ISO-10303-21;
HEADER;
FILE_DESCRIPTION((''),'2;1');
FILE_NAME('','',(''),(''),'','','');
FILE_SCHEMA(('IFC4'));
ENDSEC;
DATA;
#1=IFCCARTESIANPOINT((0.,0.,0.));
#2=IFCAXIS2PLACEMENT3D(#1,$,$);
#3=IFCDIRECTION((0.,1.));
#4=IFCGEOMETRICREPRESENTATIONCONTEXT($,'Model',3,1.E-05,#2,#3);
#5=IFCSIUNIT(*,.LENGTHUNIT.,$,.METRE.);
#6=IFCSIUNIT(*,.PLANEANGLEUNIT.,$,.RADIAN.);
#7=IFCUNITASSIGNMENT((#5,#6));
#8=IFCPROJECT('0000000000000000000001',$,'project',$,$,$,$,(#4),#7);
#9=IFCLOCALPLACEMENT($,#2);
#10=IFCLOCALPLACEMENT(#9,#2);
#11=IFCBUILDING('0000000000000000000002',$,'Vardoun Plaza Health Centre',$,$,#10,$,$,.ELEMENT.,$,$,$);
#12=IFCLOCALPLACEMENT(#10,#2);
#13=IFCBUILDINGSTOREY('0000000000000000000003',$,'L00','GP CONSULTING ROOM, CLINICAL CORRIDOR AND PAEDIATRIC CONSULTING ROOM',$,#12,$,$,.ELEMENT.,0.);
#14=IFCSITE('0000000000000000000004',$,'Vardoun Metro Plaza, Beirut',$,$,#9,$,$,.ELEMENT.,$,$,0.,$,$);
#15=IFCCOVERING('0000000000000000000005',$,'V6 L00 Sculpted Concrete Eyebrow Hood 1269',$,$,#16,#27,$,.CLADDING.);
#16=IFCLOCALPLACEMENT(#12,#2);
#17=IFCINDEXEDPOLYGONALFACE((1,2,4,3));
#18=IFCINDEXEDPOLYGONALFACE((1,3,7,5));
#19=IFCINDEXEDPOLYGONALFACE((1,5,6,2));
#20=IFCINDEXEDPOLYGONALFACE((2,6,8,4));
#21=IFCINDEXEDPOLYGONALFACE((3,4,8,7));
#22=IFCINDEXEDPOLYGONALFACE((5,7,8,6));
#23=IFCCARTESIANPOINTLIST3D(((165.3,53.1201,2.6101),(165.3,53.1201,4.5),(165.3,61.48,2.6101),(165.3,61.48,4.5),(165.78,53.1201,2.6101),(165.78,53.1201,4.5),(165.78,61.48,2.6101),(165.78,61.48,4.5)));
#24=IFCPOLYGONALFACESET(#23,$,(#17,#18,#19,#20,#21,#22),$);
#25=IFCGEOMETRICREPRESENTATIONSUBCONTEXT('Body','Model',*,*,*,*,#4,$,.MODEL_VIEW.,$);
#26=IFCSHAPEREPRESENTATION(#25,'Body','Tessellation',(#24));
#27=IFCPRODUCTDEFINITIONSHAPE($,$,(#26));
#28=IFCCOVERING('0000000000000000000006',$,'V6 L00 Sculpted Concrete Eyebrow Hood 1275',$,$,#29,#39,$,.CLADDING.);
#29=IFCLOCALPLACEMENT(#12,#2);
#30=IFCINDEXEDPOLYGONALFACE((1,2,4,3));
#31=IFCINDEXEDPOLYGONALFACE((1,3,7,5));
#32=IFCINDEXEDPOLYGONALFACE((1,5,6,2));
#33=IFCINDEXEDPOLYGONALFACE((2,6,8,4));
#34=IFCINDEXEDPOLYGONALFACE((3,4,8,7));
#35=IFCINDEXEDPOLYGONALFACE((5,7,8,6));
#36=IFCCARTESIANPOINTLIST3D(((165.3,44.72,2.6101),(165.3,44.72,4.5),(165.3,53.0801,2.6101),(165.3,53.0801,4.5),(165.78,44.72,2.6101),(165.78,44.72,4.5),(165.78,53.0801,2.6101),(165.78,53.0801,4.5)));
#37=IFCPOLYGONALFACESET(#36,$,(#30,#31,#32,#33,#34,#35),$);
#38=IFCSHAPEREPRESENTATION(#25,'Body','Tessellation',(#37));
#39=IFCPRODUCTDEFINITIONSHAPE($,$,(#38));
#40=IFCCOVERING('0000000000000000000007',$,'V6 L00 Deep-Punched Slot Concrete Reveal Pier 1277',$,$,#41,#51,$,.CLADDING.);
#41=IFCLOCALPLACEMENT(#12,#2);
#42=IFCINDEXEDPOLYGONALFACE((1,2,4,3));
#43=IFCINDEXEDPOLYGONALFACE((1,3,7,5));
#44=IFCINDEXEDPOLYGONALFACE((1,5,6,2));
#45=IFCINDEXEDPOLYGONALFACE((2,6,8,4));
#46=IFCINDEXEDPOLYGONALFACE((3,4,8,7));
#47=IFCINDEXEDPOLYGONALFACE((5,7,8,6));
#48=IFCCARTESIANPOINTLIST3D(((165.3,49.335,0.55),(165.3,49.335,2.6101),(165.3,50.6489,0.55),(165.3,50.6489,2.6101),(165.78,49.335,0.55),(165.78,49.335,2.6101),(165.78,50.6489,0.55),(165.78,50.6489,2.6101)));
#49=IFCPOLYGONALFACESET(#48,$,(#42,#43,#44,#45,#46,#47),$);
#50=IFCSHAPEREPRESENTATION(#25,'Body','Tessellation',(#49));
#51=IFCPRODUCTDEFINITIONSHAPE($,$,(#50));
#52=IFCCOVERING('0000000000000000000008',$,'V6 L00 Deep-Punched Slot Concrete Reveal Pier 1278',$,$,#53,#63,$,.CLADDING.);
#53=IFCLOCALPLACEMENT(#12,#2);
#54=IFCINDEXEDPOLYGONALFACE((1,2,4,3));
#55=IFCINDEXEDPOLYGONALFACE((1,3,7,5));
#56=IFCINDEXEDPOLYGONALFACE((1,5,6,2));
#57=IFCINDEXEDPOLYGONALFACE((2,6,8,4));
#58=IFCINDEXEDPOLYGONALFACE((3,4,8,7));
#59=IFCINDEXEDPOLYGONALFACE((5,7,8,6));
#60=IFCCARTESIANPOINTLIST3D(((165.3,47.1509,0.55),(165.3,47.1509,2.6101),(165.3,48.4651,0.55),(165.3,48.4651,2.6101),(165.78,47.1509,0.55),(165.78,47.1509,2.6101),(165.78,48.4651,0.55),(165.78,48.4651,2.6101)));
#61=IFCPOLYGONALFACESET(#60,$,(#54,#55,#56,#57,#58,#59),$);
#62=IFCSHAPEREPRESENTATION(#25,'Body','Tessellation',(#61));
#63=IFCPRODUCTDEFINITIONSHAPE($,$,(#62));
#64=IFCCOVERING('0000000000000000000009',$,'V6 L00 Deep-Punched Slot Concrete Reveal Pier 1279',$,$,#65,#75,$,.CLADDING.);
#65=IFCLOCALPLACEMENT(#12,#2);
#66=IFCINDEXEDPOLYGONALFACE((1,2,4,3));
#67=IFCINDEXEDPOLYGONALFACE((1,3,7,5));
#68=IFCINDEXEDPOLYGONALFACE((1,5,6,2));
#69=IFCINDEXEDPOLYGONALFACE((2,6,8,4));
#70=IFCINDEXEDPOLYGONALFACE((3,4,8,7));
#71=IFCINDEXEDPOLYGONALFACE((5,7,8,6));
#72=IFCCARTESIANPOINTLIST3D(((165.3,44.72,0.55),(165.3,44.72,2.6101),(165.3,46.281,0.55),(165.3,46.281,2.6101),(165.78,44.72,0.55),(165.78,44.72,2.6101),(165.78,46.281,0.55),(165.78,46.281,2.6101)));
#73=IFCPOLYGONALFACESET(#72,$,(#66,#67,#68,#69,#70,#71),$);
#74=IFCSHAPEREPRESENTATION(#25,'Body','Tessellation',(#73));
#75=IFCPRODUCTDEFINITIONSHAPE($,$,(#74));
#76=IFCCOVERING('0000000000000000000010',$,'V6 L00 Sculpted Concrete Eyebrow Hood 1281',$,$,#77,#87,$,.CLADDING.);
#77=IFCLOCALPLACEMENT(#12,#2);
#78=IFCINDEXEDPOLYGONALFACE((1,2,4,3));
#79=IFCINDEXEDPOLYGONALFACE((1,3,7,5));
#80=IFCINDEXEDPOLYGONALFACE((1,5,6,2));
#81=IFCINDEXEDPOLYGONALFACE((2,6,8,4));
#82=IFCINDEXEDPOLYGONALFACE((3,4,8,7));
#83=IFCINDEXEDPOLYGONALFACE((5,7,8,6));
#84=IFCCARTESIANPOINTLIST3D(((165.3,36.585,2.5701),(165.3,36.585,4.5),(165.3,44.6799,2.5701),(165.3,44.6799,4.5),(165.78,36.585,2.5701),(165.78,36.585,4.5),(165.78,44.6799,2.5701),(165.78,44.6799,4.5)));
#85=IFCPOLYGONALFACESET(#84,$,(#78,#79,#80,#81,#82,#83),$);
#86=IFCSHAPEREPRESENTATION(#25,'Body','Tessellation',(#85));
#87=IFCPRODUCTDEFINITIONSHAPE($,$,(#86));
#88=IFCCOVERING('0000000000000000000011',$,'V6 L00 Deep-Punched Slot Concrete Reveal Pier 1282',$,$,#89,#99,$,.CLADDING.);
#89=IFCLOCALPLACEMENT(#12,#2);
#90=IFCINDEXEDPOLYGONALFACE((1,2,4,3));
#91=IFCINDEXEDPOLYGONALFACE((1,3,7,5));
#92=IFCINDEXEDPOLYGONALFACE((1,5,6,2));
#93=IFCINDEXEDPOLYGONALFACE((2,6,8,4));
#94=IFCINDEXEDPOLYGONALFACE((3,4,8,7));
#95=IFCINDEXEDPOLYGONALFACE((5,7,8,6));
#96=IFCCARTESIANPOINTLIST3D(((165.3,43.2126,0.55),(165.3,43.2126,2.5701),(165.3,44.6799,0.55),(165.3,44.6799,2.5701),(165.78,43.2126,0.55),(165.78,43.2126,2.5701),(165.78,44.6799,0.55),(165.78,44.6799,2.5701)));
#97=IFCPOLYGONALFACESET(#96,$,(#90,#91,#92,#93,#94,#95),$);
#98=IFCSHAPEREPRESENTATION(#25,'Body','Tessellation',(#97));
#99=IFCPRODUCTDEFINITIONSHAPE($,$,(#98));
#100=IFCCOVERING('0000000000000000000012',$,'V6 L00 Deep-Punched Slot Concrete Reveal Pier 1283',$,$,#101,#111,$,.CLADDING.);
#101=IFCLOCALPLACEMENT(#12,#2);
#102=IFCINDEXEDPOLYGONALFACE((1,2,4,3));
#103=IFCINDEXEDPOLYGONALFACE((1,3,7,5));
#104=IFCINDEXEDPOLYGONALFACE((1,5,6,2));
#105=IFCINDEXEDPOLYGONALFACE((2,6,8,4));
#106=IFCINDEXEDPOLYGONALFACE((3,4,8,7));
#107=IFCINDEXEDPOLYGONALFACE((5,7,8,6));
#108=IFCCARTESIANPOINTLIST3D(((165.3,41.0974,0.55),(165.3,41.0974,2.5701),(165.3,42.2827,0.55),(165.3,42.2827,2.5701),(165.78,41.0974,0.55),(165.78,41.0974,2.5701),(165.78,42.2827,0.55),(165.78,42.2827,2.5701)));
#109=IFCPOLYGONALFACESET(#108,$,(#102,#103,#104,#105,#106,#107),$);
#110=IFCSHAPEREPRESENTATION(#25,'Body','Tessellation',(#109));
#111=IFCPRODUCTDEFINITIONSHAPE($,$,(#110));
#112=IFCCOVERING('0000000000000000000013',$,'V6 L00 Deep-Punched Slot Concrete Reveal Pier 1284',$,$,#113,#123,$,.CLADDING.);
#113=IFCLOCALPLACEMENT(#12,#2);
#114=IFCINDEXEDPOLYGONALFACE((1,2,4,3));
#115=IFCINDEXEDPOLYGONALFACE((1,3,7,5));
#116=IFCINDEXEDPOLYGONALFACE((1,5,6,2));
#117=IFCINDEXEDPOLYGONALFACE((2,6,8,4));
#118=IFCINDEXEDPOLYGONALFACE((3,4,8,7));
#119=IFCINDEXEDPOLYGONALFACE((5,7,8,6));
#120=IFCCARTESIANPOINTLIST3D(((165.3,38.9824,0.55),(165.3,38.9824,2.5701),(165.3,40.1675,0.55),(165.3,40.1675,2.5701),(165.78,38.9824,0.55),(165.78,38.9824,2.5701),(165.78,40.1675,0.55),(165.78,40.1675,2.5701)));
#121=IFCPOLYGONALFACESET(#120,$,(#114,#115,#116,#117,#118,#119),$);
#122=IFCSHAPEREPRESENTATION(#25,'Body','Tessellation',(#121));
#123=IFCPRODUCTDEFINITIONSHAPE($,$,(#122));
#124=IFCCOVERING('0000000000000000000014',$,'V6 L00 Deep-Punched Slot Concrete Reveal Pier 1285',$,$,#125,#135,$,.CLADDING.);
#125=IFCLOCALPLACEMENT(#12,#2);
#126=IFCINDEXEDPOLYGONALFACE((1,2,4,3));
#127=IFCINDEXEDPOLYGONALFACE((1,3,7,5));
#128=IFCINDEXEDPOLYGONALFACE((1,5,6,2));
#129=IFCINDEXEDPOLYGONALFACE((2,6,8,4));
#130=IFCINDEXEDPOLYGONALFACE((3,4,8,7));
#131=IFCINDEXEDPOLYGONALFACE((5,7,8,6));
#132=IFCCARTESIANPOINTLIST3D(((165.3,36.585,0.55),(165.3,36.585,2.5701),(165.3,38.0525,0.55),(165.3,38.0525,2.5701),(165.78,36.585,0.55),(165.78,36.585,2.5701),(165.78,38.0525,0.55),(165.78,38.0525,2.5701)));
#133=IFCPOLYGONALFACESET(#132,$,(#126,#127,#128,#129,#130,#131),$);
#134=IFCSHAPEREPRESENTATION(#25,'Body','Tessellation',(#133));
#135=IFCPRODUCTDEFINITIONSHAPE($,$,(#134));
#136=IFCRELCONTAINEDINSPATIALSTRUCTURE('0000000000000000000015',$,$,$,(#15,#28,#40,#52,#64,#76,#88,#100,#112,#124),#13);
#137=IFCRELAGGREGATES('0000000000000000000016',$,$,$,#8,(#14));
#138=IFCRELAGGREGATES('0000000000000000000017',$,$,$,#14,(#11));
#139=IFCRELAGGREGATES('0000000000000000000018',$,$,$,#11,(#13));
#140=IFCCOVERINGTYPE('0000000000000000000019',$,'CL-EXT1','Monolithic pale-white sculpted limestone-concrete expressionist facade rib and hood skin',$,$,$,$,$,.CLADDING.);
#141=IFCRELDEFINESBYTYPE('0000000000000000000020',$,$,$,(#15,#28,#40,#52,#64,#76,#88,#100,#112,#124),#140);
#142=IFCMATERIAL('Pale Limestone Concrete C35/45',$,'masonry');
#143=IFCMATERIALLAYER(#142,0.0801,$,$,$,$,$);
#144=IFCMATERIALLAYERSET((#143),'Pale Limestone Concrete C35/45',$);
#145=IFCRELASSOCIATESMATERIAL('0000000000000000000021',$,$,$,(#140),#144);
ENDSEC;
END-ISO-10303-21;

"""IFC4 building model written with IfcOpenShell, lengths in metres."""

from ifc_helpers import new_model, si_unit, direction, frame, origin, place, context, subcontext, project, spatial, polyline, outline, extrude, material, layer, layer_set, type_object, element, save


model = new_model("IFC4")

# Units and contexts
model_context = context("Model", 3, precision=1e-05, world=origin(), true_north=direction((0.0, 1.0)))
body_context = subcontext(model_context, "Body", "Model", "MODEL_VIEW")
ifc_project = project(units=[si_unit("LENGTHUNIT", "METRE"), si_unit("PLANEANGLEUNIT", "RADIAN")], contexts=[model_context])

# Site, building, storey
site_placement = place(None, origin())
site = spatial("IfcSite", under=ifc_project, at=site_placement, Name="Vardoun Metro Plaza, Beirut", CompositionType="ELEMENT", RefElevation=0.0)
building_placement = place(site_placement, origin())
building = spatial("IfcBuilding", under=site, at=building_placement, Name="Vardoun Plaza Health Centre", CompositionType="ELEMENT")
storey_placement = place(building_placement, origin())
storey = spatial("IfcBuildingStorey", under=building, at=storey_placement, Name="L00", Description="GP CONSULTING ROOM, CLINICAL CORRIDOR AND PAEDIATRIC CONSULTING ROOM", CompositionType="ELEMENT", Elevation=0.0)

# Coverings
ifc_material_1 = material(Name="Pale Limestone Concrete C35/45", Category="masonry")
ifc_layer_1 = layer(ifc_material_1, 0.0801)
ifc_layer_set_1 = layer_set([ifc_layer_1], Name="Pale Limestone Concrete C35/45")
covering_type_1 = type_object("IfcCoveringType", Name="CL-EXT1", Description="Monolithic pale-white sculpted limestone-concrete expressionist facade rib and hood skin", PredefinedType="CLADDING", material=ifc_layer_set_1)
covering_1_placement = place(storey_placement, frame((0.0, 0.0, 2.6101)))
element("IfcCovering", 1, at=covering_1_placement, inside=storey, type_object=covering_type_1, Name="V6 L00 Sculpted Concrete Eyebrow Hood 1269", PredefinedType="CLADDING", context=body_context, shape_type="SweptSolid", body=[
    extrude(outline(polyline([(165.3, 61.48), (165.3, 53.1201), (165.78, 53.1201), (165.78, 61.48), (165.3, 61.48)])), origin(), (0.0, 0.0, 1.0), 1.8899),
])
covering_2_placement = place(storey_placement, frame((0.0, 0.0, 2.6101)))
element("IfcCovering", 2, at=covering_2_placement, inside=storey, type_object=covering_type_1, Name="V6 L00 Sculpted Concrete Eyebrow Hood 1275", PredefinedType="CLADDING", context=body_context, shape_type="SweptSolid", body=[
    extrude(outline(polyline([(165.3, 53.0801), (165.3, 44.72), (165.78, 44.72), (165.78, 53.0801), (165.3, 53.0801)])), origin(), (0.0, 0.0, 1.0), 1.8899),
])
covering_3_placement = place(storey_placement, frame((0.0, 0.0, 0.55)))
element("IfcCovering", 3, at=covering_3_placement, inside=storey, type_object=covering_type_1, Name="V6 L00 Deep-Punched Slot Concrete Reveal Pier 1277", PredefinedType="CLADDING", context=body_context, shape_type="SweptSolid", body=[
    extrude(outline(polyline([(165.3, 50.6489), (165.3, 49.335), (165.78, 49.335), (165.78, 50.6489), (165.3, 50.6489)])), origin(), (0.0, 0.0, 1.0), 2.0601),
])
covering_4_placement = place(storey_placement, frame((0.0, 0.0, 0.55)))
element("IfcCovering", 4, at=covering_4_placement, inside=storey, type_object=covering_type_1, Name="V6 L00 Deep-Punched Slot Concrete Reveal Pier 1278", PredefinedType="CLADDING", context=body_context, shape_type="SweptSolid", body=[
    extrude(outline(polyline([(165.3, 48.4651), (165.3, 47.1509), (165.78, 47.1509), (165.78, 48.4651), (165.3, 48.4651)])), origin(), (0.0, 0.0, 1.0), 2.0601),
])
covering_5_placement = place(storey_placement, frame((0.0, 0.0, 0.55)))
element("IfcCovering", 5, at=covering_5_placement, inside=storey, type_object=covering_type_1, Name="V6 L00 Deep-Punched Slot Concrete Reveal Pier 1279", PredefinedType="CLADDING", context=body_context, shape_type="SweptSolid", body=[
    extrude(outline(polyline([(165.3, 46.281), (165.3, 44.72), (165.78, 44.72), (165.78, 46.281), (165.3, 46.281)])), origin(), (0.0, 0.0, 1.0), 2.0601),
])
covering_6_placement = place(storey_placement, frame((0.0, 0.0, 2.5701)))
element("IfcCovering", 6, at=covering_6_placement, inside=storey, type_object=covering_type_1, Name="V6 L00 Sculpted Concrete Eyebrow Hood 1281", PredefinedType="CLADDING", context=body_context, shape_type="SweptSolid", body=[
    extrude(outline(polyline([(165.3, 44.6799), (165.3, 36.585), (165.78, 36.585), (165.78, 44.6799), (165.3, 44.6799)])), origin(), (0.0, 0.0, 1.0), 1.9299),
])
covering_7_placement = place(storey_placement, frame((0.0, 0.0, 0.55)))
element("IfcCovering", 7, at=covering_7_placement, inside=storey, type_object=covering_type_1, Name="V6 L00 Deep-Punched Slot Concrete Reveal Pier 1282", PredefinedType="CLADDING", context=body_context, shape_type="SweptSolid", body=[
    extrude(outline(polyline([(165.3, 44.6799), (165.3, 43.2126), (165.78, 43.2126), (165.78, 44.6799), (165.3, 44.6799)])), origin(), (0.0, 0.0, 1.0), 2.02),
])
covering_8_placement = place(storey_placement, frame((0.0, 0.0, 0.55)))
element("IfcCovering", 8, at=covering_8_placement, inside=storey, type_object=covering_type_1, Name="V6 L00 Deep-Punched Slot Concrete Reveal Pier 1283", PredefinedType="CLADDING", context=body_context, shape_type="SweptSolid", body=[
    extrude(outline(polyline([(165.3, 42.2827), (165.3, 41.0974), (165.78, 41.0974), (165.78, 42.2827), (165.3, 42.2827)])), origin(), (0.0, 0.0, 1.0), 2.02),
])
covering_9_placement = place(storey_placement, frame((0.0, 0.0, 0.55)))
element("IfcCovering", 9, at=covering_9_placement, inside=storey, type_object=covering_type_1, Name="V6 L00 Deep-Punched Slot Concrete Reveal Pier 1284", PredefinedType="CLADDING", context=body_context, shape_type="SweptSolid", body=[
    extrude(outline(polyline([(165.3, 40.1675), (165.3, 38.9824), (165.78, 38.9824), (165.78, 40.1675), (165.3, 40.1675)])), origin(), (0.0, 0.0, 1.0), 2.02),
])
covering_10_placement = place(storey_placement, frame((0.0, 0.0, 0.55)))
element("IfcCovering", 10, at=covering_10_placement, inside=storey, type_object=covering_type_1, Name="V6 L00 Deep-Punched Slot Concrete Reveal Pier 1285", PredefinedType="CLADDING", context=body_context, shape_type="SweptSolid", body=[
    extrude(outline(polyline([(165.3, 38.0525), (165.3, 36.585), (165.78, 36.585), (165.78, 38.0525), (165.3, 38.0525)])), origin(), (0.0, 0.0, 1.0), 2.02),
])

save(model, "model.ifc")
